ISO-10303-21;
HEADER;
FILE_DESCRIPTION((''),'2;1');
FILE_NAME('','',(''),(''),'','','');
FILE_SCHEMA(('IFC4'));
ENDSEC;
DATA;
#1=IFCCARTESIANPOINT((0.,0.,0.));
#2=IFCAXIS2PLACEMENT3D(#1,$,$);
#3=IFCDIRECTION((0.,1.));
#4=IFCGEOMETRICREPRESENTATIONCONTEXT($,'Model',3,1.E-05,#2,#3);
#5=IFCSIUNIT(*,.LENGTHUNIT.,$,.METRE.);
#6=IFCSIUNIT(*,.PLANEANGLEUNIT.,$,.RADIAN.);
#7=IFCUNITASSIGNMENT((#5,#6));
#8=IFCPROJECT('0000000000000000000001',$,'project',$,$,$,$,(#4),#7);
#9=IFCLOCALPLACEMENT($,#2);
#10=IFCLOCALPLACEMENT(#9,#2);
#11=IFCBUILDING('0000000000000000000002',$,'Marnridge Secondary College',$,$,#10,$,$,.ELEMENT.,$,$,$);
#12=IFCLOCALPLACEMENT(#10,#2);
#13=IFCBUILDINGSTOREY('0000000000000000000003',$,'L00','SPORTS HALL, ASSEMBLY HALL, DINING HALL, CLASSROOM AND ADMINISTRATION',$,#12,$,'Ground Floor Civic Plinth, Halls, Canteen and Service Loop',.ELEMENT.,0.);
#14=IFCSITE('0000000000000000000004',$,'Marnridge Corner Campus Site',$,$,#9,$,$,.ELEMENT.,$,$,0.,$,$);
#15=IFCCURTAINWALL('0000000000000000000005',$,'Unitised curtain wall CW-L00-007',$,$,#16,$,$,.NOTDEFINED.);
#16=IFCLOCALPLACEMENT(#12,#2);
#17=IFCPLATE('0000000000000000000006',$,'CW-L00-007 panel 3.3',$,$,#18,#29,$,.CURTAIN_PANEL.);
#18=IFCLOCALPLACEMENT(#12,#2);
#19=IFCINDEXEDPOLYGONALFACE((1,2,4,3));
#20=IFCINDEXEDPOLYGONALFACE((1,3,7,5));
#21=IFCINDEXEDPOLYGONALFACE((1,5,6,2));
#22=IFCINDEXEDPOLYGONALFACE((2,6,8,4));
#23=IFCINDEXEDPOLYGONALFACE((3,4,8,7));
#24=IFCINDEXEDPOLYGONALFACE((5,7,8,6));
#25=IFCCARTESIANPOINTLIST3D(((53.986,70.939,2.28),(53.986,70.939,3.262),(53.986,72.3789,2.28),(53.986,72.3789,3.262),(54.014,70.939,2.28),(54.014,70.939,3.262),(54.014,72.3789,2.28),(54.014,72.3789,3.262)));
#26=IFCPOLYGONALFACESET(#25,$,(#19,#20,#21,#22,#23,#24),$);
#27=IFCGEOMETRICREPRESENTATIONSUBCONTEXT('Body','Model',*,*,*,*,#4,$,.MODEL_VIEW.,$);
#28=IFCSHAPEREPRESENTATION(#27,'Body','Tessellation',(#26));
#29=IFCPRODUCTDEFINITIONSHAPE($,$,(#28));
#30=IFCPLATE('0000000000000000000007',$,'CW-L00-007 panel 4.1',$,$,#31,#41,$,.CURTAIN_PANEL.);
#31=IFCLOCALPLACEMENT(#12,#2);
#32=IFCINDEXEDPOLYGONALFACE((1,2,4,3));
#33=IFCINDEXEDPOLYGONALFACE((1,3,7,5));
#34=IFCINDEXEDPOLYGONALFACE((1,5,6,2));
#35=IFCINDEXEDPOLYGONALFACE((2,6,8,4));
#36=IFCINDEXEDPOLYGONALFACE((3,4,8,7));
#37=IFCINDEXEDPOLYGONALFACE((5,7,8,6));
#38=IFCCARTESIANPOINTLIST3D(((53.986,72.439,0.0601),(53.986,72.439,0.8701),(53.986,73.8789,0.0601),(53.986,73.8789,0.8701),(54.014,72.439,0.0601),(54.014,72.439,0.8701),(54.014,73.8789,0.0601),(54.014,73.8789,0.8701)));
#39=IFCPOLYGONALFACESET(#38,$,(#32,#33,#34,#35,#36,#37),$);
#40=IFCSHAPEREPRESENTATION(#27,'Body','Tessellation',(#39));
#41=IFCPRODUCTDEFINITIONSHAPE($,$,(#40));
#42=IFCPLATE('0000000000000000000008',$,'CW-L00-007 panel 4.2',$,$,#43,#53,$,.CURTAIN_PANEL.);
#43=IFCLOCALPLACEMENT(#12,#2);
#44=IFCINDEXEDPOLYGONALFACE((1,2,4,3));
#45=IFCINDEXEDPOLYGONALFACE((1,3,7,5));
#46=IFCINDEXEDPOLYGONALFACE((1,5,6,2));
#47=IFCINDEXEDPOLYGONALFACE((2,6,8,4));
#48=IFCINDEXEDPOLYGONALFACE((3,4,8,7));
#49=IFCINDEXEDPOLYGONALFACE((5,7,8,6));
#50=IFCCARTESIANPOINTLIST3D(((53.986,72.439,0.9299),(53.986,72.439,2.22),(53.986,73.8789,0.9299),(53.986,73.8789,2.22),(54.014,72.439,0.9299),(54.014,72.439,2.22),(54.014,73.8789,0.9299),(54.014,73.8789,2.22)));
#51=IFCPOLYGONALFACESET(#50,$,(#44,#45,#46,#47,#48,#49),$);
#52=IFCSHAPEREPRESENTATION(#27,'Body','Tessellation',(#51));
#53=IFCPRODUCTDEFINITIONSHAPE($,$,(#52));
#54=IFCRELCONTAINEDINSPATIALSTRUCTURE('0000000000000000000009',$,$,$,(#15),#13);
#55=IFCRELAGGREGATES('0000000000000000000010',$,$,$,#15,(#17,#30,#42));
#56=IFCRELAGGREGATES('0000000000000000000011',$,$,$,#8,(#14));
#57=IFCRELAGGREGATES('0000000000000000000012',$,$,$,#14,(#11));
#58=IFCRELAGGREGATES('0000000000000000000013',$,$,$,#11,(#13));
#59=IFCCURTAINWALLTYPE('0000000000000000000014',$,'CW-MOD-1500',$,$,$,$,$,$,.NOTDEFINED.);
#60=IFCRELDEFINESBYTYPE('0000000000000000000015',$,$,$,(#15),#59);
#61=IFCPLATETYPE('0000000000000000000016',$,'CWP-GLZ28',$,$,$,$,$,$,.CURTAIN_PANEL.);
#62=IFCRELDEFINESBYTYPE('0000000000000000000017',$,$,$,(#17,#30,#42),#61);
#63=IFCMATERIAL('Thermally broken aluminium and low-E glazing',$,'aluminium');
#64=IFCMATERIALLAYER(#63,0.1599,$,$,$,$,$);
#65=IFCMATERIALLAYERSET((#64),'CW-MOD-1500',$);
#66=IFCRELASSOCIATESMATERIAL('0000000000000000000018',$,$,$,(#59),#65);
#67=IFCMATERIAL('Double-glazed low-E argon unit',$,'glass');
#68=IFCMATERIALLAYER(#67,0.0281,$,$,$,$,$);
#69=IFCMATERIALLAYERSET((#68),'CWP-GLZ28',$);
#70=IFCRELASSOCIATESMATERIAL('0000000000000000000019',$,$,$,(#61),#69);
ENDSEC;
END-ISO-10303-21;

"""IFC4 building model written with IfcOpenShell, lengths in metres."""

from ifc_helpers import new_model, si_unit, direction, frame, origin, origin_2d, place, context, subcontext, project, spatial, rectangle, extrude, material, layer, layer_set, type_object, element, aggregate, save


model = new_model("IFC4")

# Units and contexts
model_context = context("Model", 3, precision=1e-05, world=origin(), true_north=direction((0.0, 1.0)))
body_context = subcontext(model_context, "Body", "Model", "MODEL_VIEW")
ifc_project = project(units=[si_unit("LENGTHUNIT", "METRE"), si_unit("PLANEANGLEUNIT", "RADIAN")], contexts=[model_context])

# Site, building, storey
site_placement = place(None, origin())
site = spatial("IfcSite", under=ifc_project, at=site_placement, Name="Marnridge Corner Campus Site", CompositionType="ELEMENT", RefElevation=0.0)
building_placement = place(site_placement, origin())
building = spatial("IfcBuilding", under=site, at=building_placement, Name="Marnridge Secondary College", CompositionType="ELEMENT")
storey_placement = place(building_placement, origin())
storey = spatial("IfcBuildingStorey", under=building, at=storey_placement, Name="L00", Description="SPORTS HALL, ASSEMBLY HALL, DINING HALL, CLASSROOM AND ADMINISTRATION", LongName="Ground Floor Civic Plinth, Halls, Canteen and Service Loop", CompositionType="ELEMENT", Elevation=0.0)

# Curtain wall, plates
ifc_material_1 = material(Name="Thermally broken aluminium and low-E glazing", Category="aluminium")
ifc_layer_1 = layer(ifc_material_1, 0.1599)
ifc_layer_set_1 = layer_set([ifc_layer_1], Name="CW-MOD-1500")
curtain_wall_type = type_object("IfcCurtainWallType", Name="CW-MOD-1500", PredefinedType="NOTDEFINED", material=ifc_layer_set_1)
curtain_wall_placement = place(storey_placement, origin())
curtain_wall = element("IfcCurtainWall", 1, at=curtain_wall_placement, inside=storey, type_object=curtain_wall_type, Name="Unitised curtain wall CW-L00-007", PredefinedType="NOTDEFINED")
ifc_material_2 = material(Name="Double-glazed low-E argon unit", Category="glass")
ifc_layer_2 = layer(ifc_material_2, 0.0281)
ifc_layer_set_2 = layer_set([ifc_layer_2], Name="CWP-GLZ28")
plate_type = type_object("IfcPlateType", Name="CWP-GLZ28", PredefinedType="CURTAIN_PANEL", material=ifc_layer_set_2)
plate_1_placement = place(storey_placement, frame((54.0, 71.6589, 2.28), z_axis=(0.0, 0.0, 1.0), x_axis=(0.0, 1.0, 0.0)))
plate_1 = element("IfcPlate", 2, at=plate_1_placement, type_object=plate_type, Name="CW-L00-007 panel 3.3", PredefinedType="CURTAIN_PANEL", context=body_context, shape_type="SweptSolid", body=[
    extrude(rectangle(XDim=1.4399, YDim=0.0281, at=origin_2d()), origin(), (0.0, 0.0, 1.0), 0.9819),
])
plate_2_placement = place(storey_placement, frame((54.0, 73.1589, 0.0601), z_axis=(0.0, 0.0, 1.0), x_axis=(0.0, 1.0, 0.0)))
plate_2 = element("IfcPlate", 3, at=plate_2_placement, type_object=plate_type, Name="CW-L00-007 panel 4.1", PredefinedType="CURTAIN_PANEL", context=body_context, shape_type="SweptSolid", body=[
    extrude(rectangle(XDim=1.4399, YDim=0.0281, at=origin_2d()), origin(), (0.0, 0.0, 1.0), 0.8101),
])
plate_3_placement = place(storey_placement, frame((54.0, 73.1589, 0.9299), z_axis=(0.0, 0.0, 1.0), x_axis=(0.0, 1.0, 0.0)))
plate_3 = element("IfcPlate", 4, at=plate_3_placement, type_object=plate_type, Name="CW-L00-007 panel 4.2", PredefinedType="CURTAIN_PANEL", context=body_context, shape_type="SweptSolid", body=[
    extrude(rectangle(XDim=1.4399, YDim=0.0281, at=origin_2d()), origin(), (0.0, 0.0, 1.0), 1.29),
])
aggregate(curtain_wall, [plate_1, plate_2, plate_3])

save(model, "model.ifc")
